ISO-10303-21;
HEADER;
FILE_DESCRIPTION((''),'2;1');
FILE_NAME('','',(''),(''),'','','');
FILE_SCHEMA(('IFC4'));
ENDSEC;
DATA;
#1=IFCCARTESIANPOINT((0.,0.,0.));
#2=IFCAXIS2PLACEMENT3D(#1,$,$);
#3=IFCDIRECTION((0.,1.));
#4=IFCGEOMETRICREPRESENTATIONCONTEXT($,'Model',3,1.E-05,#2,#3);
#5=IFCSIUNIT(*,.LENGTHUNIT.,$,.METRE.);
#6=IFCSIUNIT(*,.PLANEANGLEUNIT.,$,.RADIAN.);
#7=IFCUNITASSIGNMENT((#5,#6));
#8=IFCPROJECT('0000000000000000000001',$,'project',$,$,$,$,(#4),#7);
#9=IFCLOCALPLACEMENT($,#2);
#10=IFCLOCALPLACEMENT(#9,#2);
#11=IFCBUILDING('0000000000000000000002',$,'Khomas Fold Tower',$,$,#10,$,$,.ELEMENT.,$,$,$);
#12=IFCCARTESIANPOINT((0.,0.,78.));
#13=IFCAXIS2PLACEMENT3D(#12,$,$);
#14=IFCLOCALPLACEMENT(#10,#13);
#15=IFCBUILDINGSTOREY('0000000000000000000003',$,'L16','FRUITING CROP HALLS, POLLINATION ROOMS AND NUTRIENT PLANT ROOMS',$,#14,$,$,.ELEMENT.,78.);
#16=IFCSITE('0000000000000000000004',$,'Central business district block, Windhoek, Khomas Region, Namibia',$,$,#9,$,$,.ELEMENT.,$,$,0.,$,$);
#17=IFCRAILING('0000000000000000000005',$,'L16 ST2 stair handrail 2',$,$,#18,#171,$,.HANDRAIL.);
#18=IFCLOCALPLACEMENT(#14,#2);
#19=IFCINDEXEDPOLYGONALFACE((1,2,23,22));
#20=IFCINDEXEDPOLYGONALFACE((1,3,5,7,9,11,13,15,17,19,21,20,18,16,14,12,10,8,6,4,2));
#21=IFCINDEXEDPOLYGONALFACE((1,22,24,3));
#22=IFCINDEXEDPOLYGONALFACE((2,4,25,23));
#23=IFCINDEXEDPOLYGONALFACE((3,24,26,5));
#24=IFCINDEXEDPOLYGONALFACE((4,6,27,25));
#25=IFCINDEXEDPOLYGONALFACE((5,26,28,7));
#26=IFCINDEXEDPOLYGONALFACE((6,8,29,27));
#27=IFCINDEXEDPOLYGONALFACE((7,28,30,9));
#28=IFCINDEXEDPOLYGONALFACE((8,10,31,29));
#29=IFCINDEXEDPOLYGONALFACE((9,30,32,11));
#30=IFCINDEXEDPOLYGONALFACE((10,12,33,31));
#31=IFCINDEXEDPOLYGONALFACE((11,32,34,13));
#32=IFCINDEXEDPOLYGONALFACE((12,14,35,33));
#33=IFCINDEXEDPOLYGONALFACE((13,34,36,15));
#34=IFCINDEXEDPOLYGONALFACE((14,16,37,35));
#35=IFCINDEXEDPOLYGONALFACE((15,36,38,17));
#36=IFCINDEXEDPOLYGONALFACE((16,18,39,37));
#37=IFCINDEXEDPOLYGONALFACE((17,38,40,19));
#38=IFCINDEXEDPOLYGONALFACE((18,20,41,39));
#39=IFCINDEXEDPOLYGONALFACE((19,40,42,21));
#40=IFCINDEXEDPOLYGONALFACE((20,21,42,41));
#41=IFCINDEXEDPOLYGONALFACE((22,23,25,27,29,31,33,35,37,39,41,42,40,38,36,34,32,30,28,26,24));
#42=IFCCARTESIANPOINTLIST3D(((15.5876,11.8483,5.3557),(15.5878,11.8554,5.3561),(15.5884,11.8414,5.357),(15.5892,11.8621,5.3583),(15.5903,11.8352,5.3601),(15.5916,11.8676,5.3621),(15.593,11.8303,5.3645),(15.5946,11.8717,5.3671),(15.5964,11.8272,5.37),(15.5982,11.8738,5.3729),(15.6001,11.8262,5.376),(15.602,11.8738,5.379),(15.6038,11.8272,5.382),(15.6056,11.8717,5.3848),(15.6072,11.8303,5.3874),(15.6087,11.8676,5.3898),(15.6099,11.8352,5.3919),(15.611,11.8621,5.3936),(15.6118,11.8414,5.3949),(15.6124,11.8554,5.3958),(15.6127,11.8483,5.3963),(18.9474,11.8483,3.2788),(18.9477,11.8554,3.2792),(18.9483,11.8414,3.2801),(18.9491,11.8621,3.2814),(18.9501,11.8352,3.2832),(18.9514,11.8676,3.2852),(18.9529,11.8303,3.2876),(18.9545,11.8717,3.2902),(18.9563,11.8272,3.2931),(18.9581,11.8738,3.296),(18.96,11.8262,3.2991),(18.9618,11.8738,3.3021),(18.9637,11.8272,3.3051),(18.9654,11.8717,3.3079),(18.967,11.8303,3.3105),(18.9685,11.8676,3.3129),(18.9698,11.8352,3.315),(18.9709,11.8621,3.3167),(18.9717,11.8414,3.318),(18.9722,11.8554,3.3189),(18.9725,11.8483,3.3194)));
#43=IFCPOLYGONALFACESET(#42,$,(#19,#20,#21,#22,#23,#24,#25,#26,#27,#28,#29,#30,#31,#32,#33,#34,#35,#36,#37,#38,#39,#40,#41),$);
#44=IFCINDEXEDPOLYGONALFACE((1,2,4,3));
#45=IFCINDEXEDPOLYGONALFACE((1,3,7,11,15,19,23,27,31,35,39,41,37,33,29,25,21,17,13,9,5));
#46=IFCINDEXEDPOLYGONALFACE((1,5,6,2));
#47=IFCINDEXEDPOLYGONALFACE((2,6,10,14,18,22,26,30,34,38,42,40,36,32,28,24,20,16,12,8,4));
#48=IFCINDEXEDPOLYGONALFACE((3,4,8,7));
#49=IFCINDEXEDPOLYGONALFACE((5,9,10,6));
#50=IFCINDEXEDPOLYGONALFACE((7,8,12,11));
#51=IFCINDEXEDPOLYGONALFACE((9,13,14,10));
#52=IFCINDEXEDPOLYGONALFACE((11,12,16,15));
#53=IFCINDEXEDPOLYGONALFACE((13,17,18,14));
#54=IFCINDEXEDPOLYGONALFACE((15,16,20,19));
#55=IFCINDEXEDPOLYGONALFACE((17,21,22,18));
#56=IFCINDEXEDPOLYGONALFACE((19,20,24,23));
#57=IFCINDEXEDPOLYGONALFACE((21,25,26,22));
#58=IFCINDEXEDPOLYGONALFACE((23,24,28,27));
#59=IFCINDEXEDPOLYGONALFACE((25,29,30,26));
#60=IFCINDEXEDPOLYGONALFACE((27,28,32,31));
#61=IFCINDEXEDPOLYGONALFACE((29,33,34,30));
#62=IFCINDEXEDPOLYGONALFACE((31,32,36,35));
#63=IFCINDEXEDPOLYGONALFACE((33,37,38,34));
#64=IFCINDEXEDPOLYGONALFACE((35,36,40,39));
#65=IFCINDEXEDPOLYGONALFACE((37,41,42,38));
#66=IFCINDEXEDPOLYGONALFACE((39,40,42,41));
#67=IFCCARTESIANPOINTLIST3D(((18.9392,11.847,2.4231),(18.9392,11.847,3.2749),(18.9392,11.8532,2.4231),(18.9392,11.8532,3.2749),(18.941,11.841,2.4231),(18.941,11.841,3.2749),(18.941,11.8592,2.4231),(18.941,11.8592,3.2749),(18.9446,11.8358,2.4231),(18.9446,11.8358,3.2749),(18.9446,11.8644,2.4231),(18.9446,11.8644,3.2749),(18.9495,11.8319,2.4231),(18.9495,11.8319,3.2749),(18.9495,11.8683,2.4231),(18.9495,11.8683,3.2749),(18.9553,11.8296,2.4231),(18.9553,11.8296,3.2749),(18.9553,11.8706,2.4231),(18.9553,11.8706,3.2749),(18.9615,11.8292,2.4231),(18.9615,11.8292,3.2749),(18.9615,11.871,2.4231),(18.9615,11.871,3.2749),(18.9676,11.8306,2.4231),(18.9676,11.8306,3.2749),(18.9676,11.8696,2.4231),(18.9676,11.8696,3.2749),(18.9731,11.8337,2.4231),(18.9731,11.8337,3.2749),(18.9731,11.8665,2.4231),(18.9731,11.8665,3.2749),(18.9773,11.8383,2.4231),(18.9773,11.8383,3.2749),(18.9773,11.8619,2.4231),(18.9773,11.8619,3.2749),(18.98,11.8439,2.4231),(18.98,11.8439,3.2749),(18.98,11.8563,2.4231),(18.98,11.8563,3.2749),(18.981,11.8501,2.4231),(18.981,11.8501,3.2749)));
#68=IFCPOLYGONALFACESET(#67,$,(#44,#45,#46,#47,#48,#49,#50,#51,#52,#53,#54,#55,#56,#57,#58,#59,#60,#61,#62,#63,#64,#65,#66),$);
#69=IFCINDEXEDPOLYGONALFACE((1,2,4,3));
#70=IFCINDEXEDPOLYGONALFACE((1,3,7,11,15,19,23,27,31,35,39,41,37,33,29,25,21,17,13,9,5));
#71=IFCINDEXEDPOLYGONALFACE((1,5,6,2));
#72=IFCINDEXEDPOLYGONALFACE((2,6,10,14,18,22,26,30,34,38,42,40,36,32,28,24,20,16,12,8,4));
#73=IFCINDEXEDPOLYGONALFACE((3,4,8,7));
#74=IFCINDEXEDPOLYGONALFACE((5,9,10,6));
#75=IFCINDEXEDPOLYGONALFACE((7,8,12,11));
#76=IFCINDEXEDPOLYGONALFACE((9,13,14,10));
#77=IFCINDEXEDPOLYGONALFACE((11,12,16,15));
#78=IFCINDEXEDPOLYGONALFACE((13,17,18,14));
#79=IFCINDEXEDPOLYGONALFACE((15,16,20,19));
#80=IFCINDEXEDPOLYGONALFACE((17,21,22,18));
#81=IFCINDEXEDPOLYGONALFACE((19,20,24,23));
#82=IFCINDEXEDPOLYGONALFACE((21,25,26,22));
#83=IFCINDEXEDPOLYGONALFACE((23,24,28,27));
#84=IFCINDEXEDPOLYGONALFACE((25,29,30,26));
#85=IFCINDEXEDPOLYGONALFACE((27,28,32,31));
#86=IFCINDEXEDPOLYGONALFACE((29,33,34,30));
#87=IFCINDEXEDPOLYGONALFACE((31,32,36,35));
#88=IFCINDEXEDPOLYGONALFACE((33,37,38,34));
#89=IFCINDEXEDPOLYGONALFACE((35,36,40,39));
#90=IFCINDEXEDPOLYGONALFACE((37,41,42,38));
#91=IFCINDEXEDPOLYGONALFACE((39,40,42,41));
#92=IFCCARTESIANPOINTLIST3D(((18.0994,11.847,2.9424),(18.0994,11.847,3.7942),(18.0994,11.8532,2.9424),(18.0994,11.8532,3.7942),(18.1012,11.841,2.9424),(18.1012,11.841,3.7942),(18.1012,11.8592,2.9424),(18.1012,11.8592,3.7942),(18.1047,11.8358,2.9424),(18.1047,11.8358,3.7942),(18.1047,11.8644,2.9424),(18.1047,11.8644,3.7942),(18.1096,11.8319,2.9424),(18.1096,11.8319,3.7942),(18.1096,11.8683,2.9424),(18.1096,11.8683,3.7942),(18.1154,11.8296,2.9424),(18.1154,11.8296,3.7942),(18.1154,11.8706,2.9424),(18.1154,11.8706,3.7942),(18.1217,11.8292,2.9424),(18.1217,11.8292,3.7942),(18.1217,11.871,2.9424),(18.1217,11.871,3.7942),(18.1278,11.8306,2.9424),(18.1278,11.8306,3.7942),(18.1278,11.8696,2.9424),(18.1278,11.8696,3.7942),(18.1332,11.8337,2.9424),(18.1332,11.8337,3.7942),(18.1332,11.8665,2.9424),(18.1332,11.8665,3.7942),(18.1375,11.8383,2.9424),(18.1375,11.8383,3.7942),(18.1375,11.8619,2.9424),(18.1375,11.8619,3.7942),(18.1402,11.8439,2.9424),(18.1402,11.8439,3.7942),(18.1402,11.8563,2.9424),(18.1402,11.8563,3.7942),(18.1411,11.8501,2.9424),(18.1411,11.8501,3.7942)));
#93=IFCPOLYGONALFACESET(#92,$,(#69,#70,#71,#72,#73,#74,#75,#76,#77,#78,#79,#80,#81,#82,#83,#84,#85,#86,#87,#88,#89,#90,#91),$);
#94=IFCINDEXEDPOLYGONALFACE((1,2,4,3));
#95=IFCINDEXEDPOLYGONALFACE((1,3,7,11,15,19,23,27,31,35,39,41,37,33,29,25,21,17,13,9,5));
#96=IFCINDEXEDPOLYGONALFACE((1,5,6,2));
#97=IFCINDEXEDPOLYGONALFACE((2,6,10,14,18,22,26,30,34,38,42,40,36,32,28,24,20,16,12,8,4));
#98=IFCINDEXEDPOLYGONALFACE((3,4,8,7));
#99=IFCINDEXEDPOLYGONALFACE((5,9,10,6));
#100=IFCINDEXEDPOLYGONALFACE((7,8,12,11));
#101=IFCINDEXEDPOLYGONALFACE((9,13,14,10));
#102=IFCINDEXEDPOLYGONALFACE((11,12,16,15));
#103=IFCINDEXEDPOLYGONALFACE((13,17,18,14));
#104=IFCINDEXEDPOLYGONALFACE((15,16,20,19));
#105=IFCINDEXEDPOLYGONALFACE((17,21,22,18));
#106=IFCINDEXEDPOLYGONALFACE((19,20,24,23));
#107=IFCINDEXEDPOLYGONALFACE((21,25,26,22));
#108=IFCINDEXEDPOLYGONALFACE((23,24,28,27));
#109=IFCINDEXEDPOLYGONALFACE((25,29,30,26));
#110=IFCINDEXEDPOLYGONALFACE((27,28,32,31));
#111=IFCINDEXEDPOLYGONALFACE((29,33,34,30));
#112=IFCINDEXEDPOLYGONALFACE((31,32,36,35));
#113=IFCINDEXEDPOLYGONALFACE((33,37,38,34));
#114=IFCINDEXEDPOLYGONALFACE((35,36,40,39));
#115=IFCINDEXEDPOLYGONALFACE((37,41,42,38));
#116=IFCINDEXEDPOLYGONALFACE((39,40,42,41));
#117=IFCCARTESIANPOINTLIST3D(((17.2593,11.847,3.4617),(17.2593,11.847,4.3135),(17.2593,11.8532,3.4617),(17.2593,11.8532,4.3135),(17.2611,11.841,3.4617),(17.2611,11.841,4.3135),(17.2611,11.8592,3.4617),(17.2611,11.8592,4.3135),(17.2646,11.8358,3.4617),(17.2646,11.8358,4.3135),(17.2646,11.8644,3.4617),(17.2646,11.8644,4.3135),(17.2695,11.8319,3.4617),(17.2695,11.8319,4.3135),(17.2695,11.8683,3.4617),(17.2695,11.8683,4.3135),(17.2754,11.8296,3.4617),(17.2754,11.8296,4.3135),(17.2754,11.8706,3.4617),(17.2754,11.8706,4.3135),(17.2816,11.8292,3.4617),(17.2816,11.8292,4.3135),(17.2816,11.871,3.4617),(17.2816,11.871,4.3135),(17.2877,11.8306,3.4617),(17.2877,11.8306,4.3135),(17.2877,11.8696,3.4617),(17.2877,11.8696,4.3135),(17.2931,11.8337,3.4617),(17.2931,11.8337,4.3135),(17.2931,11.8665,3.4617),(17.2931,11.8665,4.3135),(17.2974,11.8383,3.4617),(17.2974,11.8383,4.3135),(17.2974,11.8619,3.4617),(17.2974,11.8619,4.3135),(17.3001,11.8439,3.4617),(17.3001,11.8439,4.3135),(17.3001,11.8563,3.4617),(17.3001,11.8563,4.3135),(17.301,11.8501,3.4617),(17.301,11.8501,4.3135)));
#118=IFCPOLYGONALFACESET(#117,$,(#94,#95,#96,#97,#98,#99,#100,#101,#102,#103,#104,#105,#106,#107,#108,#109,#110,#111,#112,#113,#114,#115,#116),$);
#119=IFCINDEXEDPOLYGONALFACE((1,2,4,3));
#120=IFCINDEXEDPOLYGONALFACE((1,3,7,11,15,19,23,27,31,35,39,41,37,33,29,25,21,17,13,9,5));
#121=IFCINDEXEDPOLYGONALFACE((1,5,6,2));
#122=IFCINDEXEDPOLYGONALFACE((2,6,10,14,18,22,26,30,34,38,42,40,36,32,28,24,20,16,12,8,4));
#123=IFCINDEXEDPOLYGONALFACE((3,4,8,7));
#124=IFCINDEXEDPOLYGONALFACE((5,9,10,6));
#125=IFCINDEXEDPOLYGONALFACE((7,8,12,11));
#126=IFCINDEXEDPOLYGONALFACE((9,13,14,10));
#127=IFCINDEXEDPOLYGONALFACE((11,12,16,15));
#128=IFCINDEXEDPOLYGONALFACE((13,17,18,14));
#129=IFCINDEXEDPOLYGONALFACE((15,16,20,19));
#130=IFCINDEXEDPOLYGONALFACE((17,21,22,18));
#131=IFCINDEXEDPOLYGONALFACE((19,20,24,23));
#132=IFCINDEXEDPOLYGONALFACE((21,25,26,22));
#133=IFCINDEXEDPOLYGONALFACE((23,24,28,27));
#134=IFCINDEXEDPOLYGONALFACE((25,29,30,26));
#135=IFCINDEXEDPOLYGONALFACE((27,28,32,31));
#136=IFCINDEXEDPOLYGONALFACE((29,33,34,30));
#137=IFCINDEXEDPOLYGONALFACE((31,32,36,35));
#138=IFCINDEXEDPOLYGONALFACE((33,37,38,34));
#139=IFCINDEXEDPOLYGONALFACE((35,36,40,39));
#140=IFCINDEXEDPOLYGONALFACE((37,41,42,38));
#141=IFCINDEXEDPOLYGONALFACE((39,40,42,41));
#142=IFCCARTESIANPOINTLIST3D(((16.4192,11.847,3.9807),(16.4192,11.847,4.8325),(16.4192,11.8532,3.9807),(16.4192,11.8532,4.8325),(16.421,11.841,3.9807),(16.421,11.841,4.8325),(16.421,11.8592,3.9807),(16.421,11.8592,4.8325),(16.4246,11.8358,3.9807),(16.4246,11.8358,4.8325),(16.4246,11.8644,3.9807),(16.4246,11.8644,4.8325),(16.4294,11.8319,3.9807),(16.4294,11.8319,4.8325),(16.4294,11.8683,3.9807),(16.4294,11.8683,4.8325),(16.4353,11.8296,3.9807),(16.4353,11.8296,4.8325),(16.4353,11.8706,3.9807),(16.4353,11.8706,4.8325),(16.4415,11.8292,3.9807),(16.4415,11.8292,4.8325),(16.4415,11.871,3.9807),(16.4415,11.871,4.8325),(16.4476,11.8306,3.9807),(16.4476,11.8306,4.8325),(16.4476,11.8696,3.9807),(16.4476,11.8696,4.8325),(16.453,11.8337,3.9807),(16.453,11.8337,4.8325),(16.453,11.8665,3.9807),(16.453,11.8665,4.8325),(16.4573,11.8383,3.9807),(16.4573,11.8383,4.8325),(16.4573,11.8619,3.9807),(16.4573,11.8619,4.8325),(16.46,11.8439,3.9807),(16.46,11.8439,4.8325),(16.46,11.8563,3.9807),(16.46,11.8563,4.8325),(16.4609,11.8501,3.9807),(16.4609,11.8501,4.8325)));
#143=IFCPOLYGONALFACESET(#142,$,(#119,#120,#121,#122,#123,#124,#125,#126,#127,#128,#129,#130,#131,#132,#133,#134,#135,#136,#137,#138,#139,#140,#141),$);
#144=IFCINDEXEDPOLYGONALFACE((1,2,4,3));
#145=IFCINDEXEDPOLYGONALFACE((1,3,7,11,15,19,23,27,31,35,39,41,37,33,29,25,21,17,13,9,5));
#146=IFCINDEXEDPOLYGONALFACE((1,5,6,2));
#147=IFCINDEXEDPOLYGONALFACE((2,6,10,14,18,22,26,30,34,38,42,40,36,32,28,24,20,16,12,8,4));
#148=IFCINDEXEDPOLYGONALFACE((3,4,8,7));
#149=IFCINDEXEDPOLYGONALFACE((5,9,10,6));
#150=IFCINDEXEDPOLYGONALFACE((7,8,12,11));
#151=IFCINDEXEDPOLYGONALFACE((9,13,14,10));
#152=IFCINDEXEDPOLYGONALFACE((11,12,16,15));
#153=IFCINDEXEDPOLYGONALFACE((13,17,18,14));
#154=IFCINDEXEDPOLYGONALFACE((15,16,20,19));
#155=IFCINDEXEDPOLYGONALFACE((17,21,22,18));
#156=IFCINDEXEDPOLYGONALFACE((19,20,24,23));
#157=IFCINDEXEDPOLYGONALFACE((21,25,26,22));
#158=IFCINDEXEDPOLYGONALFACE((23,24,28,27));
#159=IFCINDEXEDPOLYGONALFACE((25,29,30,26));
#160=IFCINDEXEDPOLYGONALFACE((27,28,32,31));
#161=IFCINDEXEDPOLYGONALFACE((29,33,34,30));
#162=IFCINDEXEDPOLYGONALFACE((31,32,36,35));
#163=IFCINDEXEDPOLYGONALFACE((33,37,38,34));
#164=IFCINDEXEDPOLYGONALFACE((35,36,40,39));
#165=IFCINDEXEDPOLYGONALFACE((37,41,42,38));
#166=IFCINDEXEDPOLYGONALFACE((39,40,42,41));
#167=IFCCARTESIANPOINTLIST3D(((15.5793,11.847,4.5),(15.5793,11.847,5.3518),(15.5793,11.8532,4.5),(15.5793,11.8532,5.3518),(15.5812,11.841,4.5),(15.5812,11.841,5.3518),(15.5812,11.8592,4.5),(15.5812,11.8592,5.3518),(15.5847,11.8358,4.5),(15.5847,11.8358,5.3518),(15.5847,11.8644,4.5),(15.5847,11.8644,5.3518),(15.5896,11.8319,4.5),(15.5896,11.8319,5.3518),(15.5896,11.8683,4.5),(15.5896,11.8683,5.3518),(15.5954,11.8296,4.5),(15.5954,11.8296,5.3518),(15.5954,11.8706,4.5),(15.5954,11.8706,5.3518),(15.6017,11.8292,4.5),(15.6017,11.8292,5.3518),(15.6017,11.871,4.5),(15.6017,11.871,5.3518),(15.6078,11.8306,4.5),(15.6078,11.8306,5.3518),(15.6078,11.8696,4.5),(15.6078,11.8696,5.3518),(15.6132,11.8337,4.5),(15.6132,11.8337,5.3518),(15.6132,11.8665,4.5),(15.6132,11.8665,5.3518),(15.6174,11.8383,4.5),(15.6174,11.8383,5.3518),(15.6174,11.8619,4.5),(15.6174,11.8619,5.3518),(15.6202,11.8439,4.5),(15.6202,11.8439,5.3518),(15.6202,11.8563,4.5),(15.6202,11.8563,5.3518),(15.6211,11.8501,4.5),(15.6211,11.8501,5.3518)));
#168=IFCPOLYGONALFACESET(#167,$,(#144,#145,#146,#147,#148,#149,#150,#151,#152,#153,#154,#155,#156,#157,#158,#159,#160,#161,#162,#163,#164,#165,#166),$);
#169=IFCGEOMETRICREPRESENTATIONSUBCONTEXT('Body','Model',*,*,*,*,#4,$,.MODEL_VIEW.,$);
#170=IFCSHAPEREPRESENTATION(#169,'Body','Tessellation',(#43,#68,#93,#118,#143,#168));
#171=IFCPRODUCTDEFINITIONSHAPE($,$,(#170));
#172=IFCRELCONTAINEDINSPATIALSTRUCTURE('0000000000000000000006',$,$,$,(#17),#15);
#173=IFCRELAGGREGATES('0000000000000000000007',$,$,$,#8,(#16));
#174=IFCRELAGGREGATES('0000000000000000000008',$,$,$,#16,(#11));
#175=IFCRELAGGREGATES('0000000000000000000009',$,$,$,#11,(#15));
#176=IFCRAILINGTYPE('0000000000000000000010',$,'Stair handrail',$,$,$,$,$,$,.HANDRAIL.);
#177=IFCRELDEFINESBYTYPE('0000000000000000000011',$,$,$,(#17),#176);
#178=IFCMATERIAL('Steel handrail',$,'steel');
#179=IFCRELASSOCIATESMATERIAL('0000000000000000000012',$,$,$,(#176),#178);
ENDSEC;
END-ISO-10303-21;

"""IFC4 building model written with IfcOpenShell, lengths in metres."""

from ifc_helpers import new_model, si_unit, direction, frame, origin, origin_2d, place, context, subcontext, project, spatial, circle, extrude, source, transform, mapped, material, type_object, element, save


model = new_model("IFC4")

# Units and contexts
model_context = context("Model", 3, precision=1e-05, world=origin(), true_north=direction((0.0, 1.0)))
body_context = subcontext(model_context, "Body", "Model", "MODEL_VIEW")
ifc_project = project(units=[si_unit("LENGTHUNIT", "METRE"), si_unit("PLANEANGLEUNIT", "RADIAN")], contexts=[model_context])

# Site, building, storey
site_placement = place(None, origin())
site = spatial("IfcSite", under=ifc_project, at=site_placement, Name="Central business district block, Windhoek, Khomas Region, Namibia", CompositionType="ELEMENT", RefElevation=0.0)
building_placement = place(site_placement, origin())
building = spatial("IfcBuilding", under=site, at=building_placement, Name="Khomas Fold Tower", CompositionType="ELEMENT")
storey_placement = place(building_placement, frame((0.0, 0.0, 78.0)))
storey = spatial("IfcBuildingStorey", under=building, at=storey_placement, Name="L16", Description="FRUITING CROP HALLS, POLLINATION ROOMS AND NUTRIENT PLANT ROOMS", CompositionType="ELEMENT", Elevation=78.0)

# Railing
ifc_material_1 = material(Name="Steel handrail", Category="steel")
railing_type_1 = type_object("IfcRailingType", Name="Stair handrail", PredefinedType="HANDRAIL", material=ifc_material_1)
shared_shape_1 = source(origin(), body_context, "Body", "SweptSolid", [
    extrude(circle(Radius=0.0239, at=origin_2d()), frame((0.0, 0.0, 0.876), z_axis=(-0.850606, 0.0, 0.525803), x_axis=(0.0, -1.0, 0.0)), (0.0, 0.0, 1.0), 3.95),
    extrude(circle(Radius=0.021, at=origin_2d()), origin(), (0.0, 0.0, 1.0), 0.8518),
    extrude(circle(Radius=0.021, at=origin_2d()), frame((-0.8398, 0.0, 0.5193)), (0.0, 0.0, 1.0), 0.8518),
    extrude(circle(Radius=0.021, at=origin_2d()), frame((-1.6799, 0.0, 1.0386)), (0.0, 0.0, 1.0), 0.8518),
    extrude(circle(Radius=0.021, at=origin_2d()), frame((-2.52, 0.0, 1.5576)), (0.0, 0.0, 1.0), 0.8518),
    extrude(circle(Radius=0.021, at=origin_2d()), frame((-3.3599, 0.0, 2.0769)), (0.0, 0.0, 1.0), 0.8518),
])
railing_1_placement = place(storey_placement, frame((18.96, 11.8501, 2.4231)))
element("IfcRailing", 1, at=railing_1_placement, inside=storey, type_object=railing_type_1, Name="L16 ST2 stair handrail 2", PredefinedType="HANDRAIL", context=body_context, shape_type="MappedRepresentation", body=[
    mapped(shared_shape_1, transform((0.0, 0.0, 0.0))),
])

save(model, "model.ifc")
